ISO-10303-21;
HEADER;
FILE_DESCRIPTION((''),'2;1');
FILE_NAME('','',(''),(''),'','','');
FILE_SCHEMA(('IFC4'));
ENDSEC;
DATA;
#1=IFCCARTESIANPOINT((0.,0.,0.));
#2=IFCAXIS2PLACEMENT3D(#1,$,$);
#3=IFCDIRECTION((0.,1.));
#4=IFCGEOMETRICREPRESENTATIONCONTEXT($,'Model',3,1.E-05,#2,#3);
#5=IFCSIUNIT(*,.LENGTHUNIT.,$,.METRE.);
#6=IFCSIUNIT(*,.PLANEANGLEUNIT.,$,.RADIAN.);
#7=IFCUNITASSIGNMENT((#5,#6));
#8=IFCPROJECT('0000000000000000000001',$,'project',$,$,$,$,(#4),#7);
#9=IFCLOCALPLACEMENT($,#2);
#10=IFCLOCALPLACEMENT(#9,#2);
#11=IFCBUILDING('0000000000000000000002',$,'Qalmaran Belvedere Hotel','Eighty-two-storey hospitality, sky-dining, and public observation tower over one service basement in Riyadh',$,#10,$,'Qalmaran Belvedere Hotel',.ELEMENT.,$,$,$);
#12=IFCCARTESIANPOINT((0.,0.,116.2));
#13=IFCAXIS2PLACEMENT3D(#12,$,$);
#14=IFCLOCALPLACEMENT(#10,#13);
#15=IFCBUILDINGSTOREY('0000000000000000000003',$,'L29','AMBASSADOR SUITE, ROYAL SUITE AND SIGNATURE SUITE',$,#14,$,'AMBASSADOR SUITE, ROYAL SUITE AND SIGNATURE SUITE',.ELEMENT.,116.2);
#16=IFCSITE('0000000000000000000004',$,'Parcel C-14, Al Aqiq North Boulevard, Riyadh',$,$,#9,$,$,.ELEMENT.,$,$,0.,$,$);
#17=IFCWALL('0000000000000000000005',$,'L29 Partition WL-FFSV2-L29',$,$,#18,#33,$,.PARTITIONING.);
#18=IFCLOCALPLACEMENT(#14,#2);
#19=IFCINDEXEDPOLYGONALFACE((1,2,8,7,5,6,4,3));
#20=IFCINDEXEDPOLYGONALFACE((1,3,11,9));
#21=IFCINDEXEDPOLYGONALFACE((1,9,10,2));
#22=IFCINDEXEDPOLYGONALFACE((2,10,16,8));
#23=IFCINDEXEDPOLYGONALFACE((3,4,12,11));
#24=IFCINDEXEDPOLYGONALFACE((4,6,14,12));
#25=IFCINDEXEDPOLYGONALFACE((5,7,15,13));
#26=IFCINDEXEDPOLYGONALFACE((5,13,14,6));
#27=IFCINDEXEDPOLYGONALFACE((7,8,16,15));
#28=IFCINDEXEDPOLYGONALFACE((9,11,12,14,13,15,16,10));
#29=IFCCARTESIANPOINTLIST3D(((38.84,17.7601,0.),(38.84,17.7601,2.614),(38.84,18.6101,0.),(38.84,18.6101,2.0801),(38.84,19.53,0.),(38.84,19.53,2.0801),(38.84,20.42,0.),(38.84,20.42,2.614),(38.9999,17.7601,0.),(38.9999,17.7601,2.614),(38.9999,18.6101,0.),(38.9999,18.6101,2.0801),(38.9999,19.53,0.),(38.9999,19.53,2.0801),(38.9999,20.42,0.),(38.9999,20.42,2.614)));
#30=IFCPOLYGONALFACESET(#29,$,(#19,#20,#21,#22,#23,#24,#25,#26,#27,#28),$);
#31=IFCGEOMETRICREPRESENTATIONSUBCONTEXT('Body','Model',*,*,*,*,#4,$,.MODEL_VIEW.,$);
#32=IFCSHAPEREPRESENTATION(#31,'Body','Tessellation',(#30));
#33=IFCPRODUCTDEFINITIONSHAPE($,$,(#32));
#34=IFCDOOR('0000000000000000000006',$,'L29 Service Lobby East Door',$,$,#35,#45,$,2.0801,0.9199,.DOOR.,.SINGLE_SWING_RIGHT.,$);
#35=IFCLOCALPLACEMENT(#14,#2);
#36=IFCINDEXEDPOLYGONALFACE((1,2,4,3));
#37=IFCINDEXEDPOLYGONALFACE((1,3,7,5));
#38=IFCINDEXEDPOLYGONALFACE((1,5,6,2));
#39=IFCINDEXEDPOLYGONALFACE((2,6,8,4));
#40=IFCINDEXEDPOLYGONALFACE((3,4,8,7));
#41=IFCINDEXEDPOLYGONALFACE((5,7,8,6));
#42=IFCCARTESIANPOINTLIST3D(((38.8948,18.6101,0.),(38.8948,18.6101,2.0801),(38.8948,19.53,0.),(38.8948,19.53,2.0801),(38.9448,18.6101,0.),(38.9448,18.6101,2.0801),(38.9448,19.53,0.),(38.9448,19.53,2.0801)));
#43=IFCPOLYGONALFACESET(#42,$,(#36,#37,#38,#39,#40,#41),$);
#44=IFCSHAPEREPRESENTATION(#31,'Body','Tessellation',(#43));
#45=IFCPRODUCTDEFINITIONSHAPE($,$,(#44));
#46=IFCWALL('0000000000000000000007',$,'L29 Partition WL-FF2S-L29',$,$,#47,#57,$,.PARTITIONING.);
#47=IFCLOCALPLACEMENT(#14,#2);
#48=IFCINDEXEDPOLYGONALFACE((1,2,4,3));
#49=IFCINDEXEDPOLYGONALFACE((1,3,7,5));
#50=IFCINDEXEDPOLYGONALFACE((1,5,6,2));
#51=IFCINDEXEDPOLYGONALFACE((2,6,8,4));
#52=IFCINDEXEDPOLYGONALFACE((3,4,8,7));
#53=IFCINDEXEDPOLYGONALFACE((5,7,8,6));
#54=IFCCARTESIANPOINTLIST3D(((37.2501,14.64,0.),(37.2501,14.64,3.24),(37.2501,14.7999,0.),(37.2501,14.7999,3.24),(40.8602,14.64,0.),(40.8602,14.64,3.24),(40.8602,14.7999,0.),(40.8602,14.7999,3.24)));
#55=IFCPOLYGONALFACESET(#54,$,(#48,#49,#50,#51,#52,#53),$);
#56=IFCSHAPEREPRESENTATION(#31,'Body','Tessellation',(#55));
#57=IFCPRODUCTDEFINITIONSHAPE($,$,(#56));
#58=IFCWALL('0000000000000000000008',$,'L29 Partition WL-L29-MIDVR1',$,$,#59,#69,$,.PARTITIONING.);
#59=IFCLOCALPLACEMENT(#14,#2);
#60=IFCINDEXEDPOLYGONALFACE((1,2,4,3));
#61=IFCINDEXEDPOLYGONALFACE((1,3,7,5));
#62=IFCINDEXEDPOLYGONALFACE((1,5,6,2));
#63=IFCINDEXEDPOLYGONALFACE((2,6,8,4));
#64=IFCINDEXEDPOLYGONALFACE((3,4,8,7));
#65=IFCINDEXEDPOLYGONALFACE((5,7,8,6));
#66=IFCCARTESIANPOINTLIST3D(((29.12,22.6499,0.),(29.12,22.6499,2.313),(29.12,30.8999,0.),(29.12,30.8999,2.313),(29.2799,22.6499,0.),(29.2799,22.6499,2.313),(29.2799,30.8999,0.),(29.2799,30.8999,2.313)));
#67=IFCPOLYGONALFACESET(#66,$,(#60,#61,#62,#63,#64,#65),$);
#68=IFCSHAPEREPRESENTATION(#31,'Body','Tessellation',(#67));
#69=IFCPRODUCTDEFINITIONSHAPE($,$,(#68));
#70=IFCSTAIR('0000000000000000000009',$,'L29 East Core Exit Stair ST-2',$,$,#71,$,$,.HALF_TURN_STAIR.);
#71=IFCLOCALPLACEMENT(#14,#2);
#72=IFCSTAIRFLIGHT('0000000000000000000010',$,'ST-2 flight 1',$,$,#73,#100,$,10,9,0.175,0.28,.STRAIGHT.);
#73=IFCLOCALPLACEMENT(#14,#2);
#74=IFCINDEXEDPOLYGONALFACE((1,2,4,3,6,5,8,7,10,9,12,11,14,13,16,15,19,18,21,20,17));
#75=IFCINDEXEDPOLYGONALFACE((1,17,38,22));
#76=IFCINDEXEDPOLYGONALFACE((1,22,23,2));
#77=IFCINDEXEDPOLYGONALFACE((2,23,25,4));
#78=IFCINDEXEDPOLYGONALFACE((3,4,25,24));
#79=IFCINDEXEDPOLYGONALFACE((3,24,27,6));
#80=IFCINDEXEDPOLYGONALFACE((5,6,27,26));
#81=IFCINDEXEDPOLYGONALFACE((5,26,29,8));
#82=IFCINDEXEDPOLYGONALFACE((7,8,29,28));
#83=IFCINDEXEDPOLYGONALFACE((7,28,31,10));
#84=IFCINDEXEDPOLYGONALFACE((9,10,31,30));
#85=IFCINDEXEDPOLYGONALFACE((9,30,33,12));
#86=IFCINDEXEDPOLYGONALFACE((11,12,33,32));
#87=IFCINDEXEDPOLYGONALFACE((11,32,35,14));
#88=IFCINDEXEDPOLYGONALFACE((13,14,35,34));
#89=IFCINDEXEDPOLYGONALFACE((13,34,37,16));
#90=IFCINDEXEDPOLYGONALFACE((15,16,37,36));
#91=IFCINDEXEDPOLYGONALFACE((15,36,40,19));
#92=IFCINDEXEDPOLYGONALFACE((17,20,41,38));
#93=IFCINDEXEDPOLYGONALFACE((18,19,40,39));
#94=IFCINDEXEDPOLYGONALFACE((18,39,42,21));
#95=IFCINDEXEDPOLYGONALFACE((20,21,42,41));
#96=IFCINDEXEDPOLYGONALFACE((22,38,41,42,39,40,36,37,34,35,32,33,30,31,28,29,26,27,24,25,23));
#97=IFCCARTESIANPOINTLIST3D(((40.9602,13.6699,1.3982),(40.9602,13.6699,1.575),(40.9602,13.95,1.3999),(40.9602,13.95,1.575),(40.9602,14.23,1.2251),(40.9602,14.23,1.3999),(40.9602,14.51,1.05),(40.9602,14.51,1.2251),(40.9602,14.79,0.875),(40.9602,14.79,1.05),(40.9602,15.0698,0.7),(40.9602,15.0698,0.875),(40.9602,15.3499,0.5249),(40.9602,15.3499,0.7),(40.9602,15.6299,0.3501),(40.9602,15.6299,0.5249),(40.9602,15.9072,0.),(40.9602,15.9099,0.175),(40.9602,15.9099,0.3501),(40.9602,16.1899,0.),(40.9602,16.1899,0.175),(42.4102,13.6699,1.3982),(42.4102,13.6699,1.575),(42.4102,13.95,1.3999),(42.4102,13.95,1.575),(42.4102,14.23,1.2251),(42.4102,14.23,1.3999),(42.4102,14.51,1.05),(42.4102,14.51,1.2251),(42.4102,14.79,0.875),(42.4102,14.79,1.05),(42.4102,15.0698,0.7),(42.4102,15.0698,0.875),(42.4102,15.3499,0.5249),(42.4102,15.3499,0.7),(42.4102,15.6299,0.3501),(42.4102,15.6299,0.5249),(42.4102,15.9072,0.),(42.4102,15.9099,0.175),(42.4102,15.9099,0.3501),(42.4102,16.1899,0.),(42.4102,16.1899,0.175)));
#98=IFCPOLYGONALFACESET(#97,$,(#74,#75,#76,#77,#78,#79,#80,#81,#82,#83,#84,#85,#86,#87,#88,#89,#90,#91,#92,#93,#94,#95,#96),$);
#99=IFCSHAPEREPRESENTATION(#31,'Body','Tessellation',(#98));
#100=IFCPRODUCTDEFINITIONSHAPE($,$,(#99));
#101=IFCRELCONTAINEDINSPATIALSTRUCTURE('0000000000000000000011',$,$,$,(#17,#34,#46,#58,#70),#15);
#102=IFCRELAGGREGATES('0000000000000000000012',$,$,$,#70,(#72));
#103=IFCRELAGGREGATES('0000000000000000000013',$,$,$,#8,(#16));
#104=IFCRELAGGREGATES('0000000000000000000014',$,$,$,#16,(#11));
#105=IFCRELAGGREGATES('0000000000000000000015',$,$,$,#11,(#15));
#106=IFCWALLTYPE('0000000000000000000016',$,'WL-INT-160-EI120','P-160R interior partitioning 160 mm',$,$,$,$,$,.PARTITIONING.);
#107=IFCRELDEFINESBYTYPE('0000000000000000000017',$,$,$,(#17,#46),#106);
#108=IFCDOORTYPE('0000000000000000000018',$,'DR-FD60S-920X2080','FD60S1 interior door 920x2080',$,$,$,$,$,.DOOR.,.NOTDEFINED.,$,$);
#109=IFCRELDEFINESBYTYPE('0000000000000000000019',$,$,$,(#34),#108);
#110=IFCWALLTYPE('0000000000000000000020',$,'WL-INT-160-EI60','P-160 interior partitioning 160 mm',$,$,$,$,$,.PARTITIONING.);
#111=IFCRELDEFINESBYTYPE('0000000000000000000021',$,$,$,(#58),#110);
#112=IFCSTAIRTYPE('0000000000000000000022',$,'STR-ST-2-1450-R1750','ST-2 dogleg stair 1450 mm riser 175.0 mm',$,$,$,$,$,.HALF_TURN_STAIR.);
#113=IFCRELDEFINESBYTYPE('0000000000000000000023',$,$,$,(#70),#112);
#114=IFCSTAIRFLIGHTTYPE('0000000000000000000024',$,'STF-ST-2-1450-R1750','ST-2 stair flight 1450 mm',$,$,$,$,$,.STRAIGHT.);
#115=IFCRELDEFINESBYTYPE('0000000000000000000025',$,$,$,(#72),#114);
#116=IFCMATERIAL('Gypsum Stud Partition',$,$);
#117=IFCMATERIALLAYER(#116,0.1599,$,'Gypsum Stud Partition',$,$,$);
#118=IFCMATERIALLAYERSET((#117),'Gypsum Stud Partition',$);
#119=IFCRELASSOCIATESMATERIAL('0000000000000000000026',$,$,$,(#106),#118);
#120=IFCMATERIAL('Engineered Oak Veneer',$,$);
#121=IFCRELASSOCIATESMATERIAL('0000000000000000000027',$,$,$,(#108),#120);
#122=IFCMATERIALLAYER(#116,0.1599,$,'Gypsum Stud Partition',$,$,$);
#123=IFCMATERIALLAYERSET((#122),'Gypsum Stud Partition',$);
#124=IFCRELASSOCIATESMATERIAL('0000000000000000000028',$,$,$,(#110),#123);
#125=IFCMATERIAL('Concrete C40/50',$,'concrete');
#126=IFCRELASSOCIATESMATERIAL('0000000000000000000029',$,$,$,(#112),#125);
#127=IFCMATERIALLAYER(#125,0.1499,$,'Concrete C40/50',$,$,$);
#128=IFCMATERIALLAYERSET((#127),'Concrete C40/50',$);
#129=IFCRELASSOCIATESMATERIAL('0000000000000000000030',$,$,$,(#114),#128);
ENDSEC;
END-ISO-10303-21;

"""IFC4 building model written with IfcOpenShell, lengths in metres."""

from ifc_helpers import new_model, si_unit, direction, frame, frame_2d, origin, place, context, subcontext, project, spatial, polyline, rectangle, outline, extrude, material, layer, layer_set, type_object, element, fill, aggregate, save


model = new_model("IFC4")

# Units and contexts
model_context = context("Model", 3, precision=1e-05, world=origin(), true_north=direction((0.0, 1.0)))
body_context = subcontext(model_context, "Body", "Model", "MODEL_VIEW")
ifc_project = project(units=[si_unit("LENGTHUNIT", "METRE"), si_unit("PLANEANGLEUNIT", "RADIAN")], contexts=[model_context])

# Site, building, storey
site_placement = place(None, origin())
site = spatial("IfcSite", under=ifc_project, at=site_placement, Name="Parcel C-14, Al Aqiq North Boulevard, Riyadh", CompositionType="ELEMENT", RefElevation=0.0)
building_placement = place(site_placement, origin())
building = spatial("IfcBuilding", under=site, at=building_placement, Name="Qalmaran Belvedere Hotel", Description="Eighty-two-storey hospitality, sky-dining, and public observation tower over one service basement in Riyadh", LongName="Qalmaran Belvedere Hotel", CompositionType="ELEMENT")
storey_placement = place(building_placement, frame((0.0, 0.0, 116.2)))
storey = spatial("IfcBuildingStorey", under=building, at=storey_placement, Name="L29", Description="AMBASSADOR SUITE, ROYAL SUITE AND SIGNATURE SUITE", LongName="AMBASSADOR SUITE, ROYAL SUITE AND SIGNATURE SUITE", CompositionType="ELEMENT", Elevation=116.2)

# Shared definitions
ifc_material_1 = material(Name="Gypsum Stud Partition")

# Wall, opening, door
ifc_layer_1 = layer(ifc_material_1, 0.1599, Name="Gypsum Stud Partition")
ifc_layer_set_1 = layer_set([ifc_layer_1], Name="Gypsum Stud Partition")
wall_type_1 = type_object("IfcWallType", Name="WL-INT-160-EI120", Description="P-160R interior partitioning 160 mm", PredefinedType="PARTITIONING", material=ifc_layer_set_1)
wall_1_placement = place(storey_placement, frame((38.9199, 17.76, 0.0), z_axis=(0.0, 0.0, 1.0), x_axis=(0.0, 1.0, 0.0)))
wall_1 = element("IfcWall", 1, at=wall_1_placement, inside=storey, type_object=wall_type_1, Name="L29 Partition WL-FFSV2-L29", PredefinedType="PARTITIONING", context=body_context, shape_type="SweptSolid", body=[
    extrude(rectangle(XDim=2.6599, YDim=0.1599, at=frame_2d((1.3301, 0.0))), origin(), (0.0, 0.0, 1.0), 2.614),
])
opening_1_placement = place(wall_1_placement, frame((1.77, 0.0, 0.0), z_axis=(0.0, 0.0, 1.0), x_axis=(-1.0, 0.0, 0.0)))
opening_1 = element("IfcOpeningElement", 2, at=opening_1_placement, cuts=wall_1, PredefinedType="OPENING", context=body_context, shape_type="SweptSolid", body=[
    extrude(rectangle(XDim=0.9199, YDim=2.0801, at=frame_2d((0.46, 1.04))), frame((0.0, 0.0898, 0.0), z_axis=(0.0, -1.0, 0.0), x_axis=(1.0, 0.0, 0.0)), (0.0, 0.0, 1.0), 0.1799),
])
ifc_material_2 = material(Name="Engineered Oak Veneer")
door_type_1 = type_object("IfcDoorType", Name="DR-FD60S-920X2080", Description="FD60S1 interior door 920x2080", OperationType="NOTDEFINED", PredefinedType="DOOR", material=ifc_material_2)
door_1_placement = place(opening_1_placement, origin())
door_1 = element("IfcDoor", 3, at=door_1_placement, inside=storey, type_object=door_type_1, Name="L29 Service Lobby East Door", OperationType="SINGLE_SWING_RIGHT", OverallHeight=2.0801, OverallWidth=0.9199, PredefinedType="DOOR", context=body_context, shape_type="SweptSolid", body=[
    extrude(rectangle(XDim=0.9199, YDim=2.0801, at=frame_2d((0.46, 1.04))), frame((0.0, 0.0249, 0.0), z_axis=(0.0, -1.0, 0.0), x_axis=(1.0, 0.0, 0.0)), (0.0, 0.0, 1.0), 0.05),
])
fill(opening_1, door_1)

# Walls
wall_2_placement = place(storey_placement, frame((37.25, 14.72, 0.0), z_axis=(0.0, 0.0, 1.0), x_axis=(1.0, 0.0, 0.0)))
element("IfcWall", 4, at=wall_2_placement, inside=storey, type_object=wall_type_1, Name="L29 Partition WL-FF2S-L29", PredefinedType="PARTITIONING", context=body_context, shape_type="SweptSolid", body=[
    extrude(rectangle(XDim=3.6101, YDim=0.1599, at=frame_2d((1.8052, 0.0))), origin(), (0.0, 0.0, 1.0), 3.24),
])
ifc_layer_2 = layer(ifc_material_1, 0.1599, Name="Gypsum Stud Partition")
ifc_layer_set_2 = layer_set([ifc_layer_2], Name="Gypsum Stud Partition")
wall_type_2 = type_object("IfcWallType", Name="WL-INT-160-EI60", Description="P-160 interior partitioning 160 mm", PredefinedType="PARTITIONING", material=ifc_layer_set_2)
wall_3_placement = place(storey_placement, frame((29.2, 22.6499, 0.0), z_axis=(0.0, 0.0, 1.0), x_axis=(0.0, 1.0, 0.0)))
element("IfcWall", 5, at=wall_3_placement, inside=storey, type_object=wall_type_2, Name="L29 Partition WL-L29-MIDVR1", PredefinedType="PARTITIONING", context=body_context, shape_type="SweptSolid", body=[
    extrude(rectangle(XDim=8.25, YDim=0.1599, at=frame_2d((4.125, 0.0))), origin(), (0.0, 0.0, 1.0), 2.313),
])

# Stair, stair flight
ifc_material_3 = material(Name="Concrete C40/50", Category="concrete")
stair_type = type_object("IfcStairType", Name="STR-ST-2-1450-R1750", Description="ST-2 dogleg stair 1450 mm riser 175.0 mm", PredefinedType="HALF_TURN_STAIR", material=ifc_material_3)
stair_placement = place(storey_placement, origin())
stair = element("IfcStair", 6, at=stair_placement, inside=storey, type_object=stair_type, Name="L29 East Core Exit Stair ST-2", PredefinedType="HALF_TURN_STAIR")
ifc_layer_3 = layer(ifc_material_3, 0.1499, Name="Concrete C40/50")
ifc_layer_set_3 = layer_set([ifc_layer_3], Name="Concrete C40/50")
stair_flight_type = type_object("IfcStairFlightType", Name="STF-ST-2-1450-R1750", Description="ST-2 stair flight 1450 mm", PredefinedType="STRAIGHT", material=ifc_layer_set_3)
stair_flight_placement = place(storey_placement, frame((41.6851, 16.1899, 0.0), z_axis=(0.0, 0.0, 1.0), x_axis=(0.0, -1.0, 0.0)))
stair_flight = element("IfcStairFlight", 7, at=stair_flight_placement, type_object=stair_flight_type, Name="ST-2 flight 1", NumberOfRisers=10, NumberOfTreads=9, PredefinedType="STRAIGHT", RiserHeight=0.175, TreadLength=0.28, context=body_context, shape_type="SweptSolid", body=[
    extrude(outline(polyline([(0.0, 0.0), (0.0, 0.175), (0.28, 0.175), (0.28, 0.3501), (0.5601, 0.3501), (0.5601, 0.5249), (0.8401, 0.5249), (0.8401, 0.7), (1.1201, 0.7), (1.1201, 0.875), (1.3999, 0.875), (1.3999, 1.05), (1.6799, 1.05), (1.6799, 1.2251), (1.96, 1.2251), (1.96, 1.3999), (2.24, 1.3999), (2.24, 1.575), (2.52, 1.575), (2.52, 1.75), (2.52, 1.3982), (0.2827, 0.0), (0.0, 0.0)])), frame((0.0, 0.7251, 0.0), z_axis=(0.0, -1.0, 0.0), x_axis=(1.0, 0.0, 0.0)), (0.0, 0.0, 1.0), 1.45),
])
aggregate(stair, [stair_flight])

save(model, "model.ifc")
